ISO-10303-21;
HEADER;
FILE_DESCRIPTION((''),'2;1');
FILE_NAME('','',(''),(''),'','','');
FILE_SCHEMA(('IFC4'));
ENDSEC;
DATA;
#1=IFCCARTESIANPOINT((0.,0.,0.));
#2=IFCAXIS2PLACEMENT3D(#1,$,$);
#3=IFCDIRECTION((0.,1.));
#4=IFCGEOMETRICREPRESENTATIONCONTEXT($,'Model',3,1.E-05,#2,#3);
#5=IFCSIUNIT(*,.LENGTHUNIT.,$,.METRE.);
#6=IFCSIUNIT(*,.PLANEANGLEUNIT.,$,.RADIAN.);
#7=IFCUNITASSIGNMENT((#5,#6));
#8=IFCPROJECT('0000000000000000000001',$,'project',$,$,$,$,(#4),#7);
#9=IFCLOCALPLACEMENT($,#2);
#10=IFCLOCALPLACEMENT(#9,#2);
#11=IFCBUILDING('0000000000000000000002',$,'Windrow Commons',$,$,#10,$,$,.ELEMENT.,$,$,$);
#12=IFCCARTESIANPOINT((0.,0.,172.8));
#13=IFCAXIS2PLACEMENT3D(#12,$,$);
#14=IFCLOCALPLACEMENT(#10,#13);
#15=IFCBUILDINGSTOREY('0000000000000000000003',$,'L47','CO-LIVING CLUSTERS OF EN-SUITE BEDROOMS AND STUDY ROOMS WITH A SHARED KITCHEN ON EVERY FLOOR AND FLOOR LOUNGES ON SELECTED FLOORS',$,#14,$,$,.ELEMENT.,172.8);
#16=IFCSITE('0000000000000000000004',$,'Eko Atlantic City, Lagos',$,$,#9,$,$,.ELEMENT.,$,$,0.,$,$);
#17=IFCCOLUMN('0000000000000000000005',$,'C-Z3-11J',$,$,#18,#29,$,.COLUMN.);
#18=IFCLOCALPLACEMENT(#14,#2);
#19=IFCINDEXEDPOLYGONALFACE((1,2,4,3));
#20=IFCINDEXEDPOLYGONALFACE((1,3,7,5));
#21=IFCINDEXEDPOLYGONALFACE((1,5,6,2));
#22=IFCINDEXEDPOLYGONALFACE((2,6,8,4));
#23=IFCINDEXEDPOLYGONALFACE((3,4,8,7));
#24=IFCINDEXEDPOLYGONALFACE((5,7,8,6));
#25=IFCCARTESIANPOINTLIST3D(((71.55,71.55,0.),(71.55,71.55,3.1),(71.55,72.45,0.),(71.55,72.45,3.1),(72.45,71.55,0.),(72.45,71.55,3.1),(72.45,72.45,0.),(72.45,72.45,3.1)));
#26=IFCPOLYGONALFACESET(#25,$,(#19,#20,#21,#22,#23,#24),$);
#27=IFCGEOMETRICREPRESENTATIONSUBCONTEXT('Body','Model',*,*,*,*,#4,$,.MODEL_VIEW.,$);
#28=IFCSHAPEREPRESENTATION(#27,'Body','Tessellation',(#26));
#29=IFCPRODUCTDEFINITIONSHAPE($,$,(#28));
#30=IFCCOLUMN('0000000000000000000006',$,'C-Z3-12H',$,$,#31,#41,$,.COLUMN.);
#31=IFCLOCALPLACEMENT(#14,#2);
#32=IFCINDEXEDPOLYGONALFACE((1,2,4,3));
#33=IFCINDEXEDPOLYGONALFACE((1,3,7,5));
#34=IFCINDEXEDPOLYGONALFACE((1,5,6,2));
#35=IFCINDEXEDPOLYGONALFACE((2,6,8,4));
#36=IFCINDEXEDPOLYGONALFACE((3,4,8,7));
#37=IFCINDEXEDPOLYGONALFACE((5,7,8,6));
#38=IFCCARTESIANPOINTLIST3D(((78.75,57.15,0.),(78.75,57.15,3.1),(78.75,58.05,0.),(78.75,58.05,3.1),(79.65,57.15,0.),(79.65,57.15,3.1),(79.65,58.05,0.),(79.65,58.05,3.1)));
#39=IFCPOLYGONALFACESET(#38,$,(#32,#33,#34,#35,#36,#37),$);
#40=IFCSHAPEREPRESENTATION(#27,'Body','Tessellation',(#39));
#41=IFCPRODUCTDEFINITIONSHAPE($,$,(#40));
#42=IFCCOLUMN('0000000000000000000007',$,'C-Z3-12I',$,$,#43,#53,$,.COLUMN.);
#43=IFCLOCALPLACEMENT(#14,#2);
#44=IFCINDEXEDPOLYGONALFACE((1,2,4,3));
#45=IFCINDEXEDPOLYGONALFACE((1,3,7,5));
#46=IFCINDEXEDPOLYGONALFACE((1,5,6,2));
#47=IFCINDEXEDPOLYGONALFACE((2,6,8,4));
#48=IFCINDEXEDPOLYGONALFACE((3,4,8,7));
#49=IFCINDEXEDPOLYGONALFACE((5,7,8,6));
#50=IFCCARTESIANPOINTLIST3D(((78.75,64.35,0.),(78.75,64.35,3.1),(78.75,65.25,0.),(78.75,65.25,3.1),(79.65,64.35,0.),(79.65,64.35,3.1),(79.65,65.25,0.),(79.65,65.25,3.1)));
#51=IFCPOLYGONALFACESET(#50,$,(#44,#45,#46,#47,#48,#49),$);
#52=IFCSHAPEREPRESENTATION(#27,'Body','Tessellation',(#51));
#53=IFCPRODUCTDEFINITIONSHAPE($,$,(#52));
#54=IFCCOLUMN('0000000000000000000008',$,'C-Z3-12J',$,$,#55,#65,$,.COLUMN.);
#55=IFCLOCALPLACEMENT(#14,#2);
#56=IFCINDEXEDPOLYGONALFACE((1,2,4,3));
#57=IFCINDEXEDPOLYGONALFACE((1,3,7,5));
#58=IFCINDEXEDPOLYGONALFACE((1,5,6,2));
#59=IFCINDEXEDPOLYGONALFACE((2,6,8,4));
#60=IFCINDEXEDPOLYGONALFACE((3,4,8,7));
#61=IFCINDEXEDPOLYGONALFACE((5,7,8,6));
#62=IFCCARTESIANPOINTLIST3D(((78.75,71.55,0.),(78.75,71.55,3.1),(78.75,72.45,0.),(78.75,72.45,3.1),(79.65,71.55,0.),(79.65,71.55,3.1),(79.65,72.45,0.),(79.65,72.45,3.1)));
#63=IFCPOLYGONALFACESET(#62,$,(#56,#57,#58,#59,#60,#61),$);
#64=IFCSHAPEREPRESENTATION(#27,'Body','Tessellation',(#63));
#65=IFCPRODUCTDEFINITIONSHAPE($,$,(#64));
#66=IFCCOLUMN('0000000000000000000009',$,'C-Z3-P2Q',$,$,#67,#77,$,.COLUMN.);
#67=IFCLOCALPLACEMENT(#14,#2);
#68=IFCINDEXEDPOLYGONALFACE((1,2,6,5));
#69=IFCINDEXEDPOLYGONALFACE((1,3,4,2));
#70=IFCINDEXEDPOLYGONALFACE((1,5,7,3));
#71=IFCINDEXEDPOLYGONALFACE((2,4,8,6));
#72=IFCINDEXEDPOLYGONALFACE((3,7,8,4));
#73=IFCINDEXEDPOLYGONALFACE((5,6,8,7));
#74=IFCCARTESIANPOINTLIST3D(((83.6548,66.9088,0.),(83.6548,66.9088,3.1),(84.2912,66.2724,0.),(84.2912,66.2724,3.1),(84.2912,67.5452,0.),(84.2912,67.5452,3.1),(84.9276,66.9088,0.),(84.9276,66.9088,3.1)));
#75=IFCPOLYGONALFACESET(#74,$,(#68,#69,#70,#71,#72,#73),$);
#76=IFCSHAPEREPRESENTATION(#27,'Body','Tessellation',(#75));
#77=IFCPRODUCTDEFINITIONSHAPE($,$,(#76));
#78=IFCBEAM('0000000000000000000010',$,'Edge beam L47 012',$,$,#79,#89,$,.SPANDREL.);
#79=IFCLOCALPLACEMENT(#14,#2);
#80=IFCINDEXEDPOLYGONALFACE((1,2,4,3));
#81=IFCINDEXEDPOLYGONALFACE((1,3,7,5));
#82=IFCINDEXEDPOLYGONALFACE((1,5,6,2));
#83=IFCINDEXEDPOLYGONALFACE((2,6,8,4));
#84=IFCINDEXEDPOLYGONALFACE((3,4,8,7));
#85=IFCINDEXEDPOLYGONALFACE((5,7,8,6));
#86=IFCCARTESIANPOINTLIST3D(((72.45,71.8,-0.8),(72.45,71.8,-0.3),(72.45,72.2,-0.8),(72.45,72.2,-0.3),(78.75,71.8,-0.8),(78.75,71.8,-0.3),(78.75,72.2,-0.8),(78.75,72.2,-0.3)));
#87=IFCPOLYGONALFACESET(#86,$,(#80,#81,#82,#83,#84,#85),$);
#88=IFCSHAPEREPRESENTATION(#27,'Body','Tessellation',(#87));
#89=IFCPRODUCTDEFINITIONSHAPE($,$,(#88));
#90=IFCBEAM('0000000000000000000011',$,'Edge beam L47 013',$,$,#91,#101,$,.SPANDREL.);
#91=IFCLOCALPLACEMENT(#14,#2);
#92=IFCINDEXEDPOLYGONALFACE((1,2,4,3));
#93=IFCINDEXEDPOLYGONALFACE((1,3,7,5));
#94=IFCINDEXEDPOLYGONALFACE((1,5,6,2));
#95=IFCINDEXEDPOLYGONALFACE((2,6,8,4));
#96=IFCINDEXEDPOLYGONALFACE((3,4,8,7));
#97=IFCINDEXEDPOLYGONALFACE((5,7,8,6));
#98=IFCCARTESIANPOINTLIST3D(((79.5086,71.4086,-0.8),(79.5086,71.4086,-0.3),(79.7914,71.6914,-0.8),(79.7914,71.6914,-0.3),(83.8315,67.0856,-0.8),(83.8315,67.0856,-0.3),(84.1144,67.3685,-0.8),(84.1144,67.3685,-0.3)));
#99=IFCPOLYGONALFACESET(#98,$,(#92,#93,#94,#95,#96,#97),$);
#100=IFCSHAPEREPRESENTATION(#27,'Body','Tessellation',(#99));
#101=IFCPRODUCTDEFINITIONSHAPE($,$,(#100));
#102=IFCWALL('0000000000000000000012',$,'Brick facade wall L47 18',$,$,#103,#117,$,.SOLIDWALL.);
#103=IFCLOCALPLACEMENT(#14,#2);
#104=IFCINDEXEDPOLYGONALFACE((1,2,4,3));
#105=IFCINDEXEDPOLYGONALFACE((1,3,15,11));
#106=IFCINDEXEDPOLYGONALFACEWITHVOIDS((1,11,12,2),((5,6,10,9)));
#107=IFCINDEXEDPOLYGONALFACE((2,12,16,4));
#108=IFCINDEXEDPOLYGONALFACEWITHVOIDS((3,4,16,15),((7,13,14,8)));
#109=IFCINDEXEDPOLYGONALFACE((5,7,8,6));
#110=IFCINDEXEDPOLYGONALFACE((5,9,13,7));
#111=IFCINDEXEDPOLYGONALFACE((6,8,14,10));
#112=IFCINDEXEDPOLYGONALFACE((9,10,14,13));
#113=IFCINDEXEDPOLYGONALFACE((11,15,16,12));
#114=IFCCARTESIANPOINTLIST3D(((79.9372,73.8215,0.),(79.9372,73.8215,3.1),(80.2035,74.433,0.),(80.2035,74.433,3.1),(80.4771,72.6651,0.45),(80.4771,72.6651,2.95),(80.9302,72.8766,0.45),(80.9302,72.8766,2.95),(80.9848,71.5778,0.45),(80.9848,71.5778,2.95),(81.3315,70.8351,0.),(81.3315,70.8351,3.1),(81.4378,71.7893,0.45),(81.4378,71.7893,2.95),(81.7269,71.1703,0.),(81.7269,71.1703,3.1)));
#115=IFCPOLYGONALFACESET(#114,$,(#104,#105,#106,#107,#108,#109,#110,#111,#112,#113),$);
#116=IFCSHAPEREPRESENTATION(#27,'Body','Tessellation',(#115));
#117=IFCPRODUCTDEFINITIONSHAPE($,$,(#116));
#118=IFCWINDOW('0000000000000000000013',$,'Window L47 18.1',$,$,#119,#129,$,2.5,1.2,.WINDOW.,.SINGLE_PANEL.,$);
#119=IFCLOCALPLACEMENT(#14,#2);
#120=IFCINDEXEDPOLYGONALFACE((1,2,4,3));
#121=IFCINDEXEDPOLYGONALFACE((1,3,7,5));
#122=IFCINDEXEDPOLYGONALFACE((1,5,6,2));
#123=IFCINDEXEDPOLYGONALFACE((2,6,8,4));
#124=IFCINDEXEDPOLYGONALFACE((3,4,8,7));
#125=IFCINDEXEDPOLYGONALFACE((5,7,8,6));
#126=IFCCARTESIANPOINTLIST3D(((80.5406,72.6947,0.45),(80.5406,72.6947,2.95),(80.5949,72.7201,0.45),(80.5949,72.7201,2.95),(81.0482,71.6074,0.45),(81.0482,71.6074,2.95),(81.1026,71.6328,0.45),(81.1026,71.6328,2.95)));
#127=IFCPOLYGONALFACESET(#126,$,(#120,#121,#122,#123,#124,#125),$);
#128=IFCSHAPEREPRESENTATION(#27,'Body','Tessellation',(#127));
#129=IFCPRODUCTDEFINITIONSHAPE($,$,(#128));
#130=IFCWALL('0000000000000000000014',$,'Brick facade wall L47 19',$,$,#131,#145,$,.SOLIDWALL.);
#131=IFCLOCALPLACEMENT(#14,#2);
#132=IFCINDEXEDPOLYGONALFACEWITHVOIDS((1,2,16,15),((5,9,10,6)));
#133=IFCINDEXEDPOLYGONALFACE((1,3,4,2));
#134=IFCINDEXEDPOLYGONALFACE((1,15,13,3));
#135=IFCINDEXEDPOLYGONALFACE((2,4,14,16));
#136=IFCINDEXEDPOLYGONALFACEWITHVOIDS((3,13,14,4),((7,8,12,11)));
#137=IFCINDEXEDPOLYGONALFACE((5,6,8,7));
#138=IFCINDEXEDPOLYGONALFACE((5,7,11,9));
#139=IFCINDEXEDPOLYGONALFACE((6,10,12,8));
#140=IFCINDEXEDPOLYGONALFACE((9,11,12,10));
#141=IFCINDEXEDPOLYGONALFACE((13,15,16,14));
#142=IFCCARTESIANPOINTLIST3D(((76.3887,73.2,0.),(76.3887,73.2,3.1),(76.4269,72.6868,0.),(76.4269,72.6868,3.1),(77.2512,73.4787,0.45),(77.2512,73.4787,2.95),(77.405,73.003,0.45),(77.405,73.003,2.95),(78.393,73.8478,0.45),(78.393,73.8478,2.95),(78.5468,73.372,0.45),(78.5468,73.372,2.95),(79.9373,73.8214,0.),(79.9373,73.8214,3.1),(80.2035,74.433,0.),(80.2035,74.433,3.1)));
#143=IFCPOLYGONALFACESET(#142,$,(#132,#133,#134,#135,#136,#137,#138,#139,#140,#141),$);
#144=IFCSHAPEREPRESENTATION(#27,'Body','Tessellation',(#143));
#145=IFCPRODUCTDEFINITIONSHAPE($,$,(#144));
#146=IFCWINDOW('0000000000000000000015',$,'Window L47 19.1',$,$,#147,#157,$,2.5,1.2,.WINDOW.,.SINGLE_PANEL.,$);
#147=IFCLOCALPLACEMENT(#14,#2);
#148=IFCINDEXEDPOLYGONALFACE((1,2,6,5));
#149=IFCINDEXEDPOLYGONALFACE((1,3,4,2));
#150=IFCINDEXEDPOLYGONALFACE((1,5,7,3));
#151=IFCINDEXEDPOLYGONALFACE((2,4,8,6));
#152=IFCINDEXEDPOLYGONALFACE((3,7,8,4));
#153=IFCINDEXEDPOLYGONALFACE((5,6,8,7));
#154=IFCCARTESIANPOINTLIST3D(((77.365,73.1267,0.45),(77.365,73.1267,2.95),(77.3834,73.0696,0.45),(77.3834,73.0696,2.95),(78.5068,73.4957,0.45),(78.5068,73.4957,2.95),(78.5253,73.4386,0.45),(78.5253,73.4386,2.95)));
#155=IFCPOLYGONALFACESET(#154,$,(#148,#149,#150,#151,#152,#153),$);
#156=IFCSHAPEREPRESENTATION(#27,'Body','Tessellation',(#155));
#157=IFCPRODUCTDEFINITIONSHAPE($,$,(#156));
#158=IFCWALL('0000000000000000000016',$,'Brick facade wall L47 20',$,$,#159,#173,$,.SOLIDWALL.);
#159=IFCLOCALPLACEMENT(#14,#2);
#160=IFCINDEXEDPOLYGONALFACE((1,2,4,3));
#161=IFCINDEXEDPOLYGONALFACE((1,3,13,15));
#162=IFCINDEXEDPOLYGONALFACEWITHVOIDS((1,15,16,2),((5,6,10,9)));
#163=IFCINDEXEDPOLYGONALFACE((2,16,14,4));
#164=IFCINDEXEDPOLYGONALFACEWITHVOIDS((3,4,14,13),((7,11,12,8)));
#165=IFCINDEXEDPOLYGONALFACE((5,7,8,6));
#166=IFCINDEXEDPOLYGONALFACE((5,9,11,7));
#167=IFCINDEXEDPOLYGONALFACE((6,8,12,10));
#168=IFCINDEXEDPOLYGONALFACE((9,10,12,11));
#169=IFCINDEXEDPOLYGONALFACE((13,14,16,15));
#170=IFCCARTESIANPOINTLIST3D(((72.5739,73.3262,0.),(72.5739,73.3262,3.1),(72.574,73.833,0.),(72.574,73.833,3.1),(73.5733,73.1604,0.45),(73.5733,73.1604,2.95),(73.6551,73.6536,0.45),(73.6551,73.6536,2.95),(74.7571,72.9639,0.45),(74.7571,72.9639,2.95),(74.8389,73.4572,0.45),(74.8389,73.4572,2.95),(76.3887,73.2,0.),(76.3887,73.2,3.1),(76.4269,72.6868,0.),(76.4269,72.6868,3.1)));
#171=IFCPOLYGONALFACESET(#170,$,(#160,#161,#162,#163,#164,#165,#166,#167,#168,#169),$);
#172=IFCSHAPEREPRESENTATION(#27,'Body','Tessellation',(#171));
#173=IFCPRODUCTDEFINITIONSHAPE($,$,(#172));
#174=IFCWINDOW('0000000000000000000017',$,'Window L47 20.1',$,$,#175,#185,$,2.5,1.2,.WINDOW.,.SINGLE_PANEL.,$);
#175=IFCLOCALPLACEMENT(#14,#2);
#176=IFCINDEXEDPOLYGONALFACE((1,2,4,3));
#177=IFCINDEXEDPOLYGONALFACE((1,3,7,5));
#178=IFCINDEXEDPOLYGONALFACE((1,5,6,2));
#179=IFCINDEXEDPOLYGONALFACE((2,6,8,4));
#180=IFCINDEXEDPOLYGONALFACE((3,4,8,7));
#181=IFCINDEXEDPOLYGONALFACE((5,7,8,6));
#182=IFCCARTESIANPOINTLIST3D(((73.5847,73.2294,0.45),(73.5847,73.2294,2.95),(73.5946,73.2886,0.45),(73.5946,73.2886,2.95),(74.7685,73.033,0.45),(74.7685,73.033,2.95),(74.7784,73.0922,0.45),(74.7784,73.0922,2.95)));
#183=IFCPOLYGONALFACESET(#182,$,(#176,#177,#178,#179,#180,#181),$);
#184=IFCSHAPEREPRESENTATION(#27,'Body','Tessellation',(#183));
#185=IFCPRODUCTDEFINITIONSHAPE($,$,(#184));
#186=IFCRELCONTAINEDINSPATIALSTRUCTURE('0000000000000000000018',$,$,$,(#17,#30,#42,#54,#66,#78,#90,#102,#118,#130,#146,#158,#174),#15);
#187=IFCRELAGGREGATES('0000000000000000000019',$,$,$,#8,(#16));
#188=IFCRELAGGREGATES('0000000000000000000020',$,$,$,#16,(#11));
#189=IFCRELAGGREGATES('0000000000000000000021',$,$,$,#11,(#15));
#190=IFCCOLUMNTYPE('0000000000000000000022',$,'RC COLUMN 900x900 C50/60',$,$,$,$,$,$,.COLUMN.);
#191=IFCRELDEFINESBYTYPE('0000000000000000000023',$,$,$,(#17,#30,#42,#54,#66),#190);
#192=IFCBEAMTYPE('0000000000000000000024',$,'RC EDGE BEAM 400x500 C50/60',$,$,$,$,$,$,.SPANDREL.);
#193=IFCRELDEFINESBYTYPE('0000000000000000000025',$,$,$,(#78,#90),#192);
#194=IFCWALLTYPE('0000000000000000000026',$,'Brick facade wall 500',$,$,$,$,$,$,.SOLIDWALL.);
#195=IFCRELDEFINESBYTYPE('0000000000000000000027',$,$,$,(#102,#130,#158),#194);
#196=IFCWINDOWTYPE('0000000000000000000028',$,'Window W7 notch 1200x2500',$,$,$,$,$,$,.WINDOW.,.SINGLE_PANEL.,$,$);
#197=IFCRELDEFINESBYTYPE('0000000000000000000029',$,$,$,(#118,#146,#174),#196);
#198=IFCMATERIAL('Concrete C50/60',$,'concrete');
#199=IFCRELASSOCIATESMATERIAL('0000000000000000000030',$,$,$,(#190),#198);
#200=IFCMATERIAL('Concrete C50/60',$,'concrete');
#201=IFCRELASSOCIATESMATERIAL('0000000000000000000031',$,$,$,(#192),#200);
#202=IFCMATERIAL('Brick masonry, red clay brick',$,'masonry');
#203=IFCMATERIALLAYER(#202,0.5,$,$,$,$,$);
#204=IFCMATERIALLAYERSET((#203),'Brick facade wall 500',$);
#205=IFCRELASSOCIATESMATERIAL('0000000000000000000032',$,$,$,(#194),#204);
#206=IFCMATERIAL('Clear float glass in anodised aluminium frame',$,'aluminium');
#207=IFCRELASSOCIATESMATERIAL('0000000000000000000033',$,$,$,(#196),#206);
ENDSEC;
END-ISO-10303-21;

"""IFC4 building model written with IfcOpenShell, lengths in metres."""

from ifc_helpers import new_model, si_unit, direction, frame, frame_2d, origin, origin_2d, place, context, subcontext, project, spatial, polyline, rectangle, outline, extrude, material, layer, layer_set, material_profile, profile_set, type_object, element, fill, save


model = new_model("IFC4")

# Units and contexts
model_context = context("Model", 3, precision=1e-05, world=origin(), true_north=direction((0.0, 1.0)))
body_context = subcontext(model_context, "Body", "Model", "MODEL_VIEW")
ifc_project = project(units=[si_unit("LENGTHUNIT", "METRE"), si_unit("PLANEANGLEUNIT", "RADIAN")], contexts=[model_context])

# Site, building, storey
site_placement = place(None, origin())
site = spatial("IfcSite", under=ifc_project, at=site_placement, Name="Eko Atlantic City, Lagos", CompositionType="ELEMENT", RefElevation=0.0)
building_placement = place(site_placement, origin())
building = spatial("IfcBuilding", under=site, at=building_placement, Name="Windrow Commons", CompositionType="ELEMENT")
storey_placement = place(building_placement, frame((0.0, 0.0, 172.8)))
storey = spatial("IfcBuildingStorey", under=building, at=storey_placement, Name="L47", Description="CO-LIVING CLUSTERS OF EN-SUITE BEDROOMS AND STUDY ROOMS WITH A SHARED KITCHEN ON EVERY FLOOR AND FLOOR LOUNGES ON SELECTED FLOORS", CompositionType="ELEMENT", Elevation=172.8)

# Columns
ifc_material_1 = material(Name="Concrete C50/60", Category="concrete")
ifc_material_profile_1 = material_profile(ifc_material_1, rectangle(XDim=0.9, YDim=0.9, at=origin_2d()))
ifc_profile_set_1 = profile_set([ifc_material_profile_1], Name="Concrete C50/60")
column_type = type_object("IfcColumnType", Name="RC COLUMN 900x900 C50/60", PredefinedType="COLUMN", material=ifc_profile_set_1)
for number, where, z_axis, x_axis, name in (
    (1, (72.0, 72.0, 0.0), (0.0, 0.0, 1.0), (1.0, 0.0, 0.0), "C-Z3-11J"),
    (2, (79.2, 57.6, 0.0), (0.0, 0.0, 1.0), (1.0, 0.0, 0.0), "C-Z3-12H"),
    (3, (79.2, 64.8, 0.0), (0.0, 0.0, 1.0), (1.0, 0.0, 0.0), "C-Z3-12I"),
    (4, (79.2, 72.0, 0.0), (0.0, 0.0, 1.0), (1.0, 0.0, 0.0), "C-Z3-12J"),
    (5, (84.2912, 66.9088, 0.0), (0.0, 0.0, 1.0), (0.707107, -0.707107, 0.0), "C-Z3-P2Q"),
):
    element("IfcColumn", number, at=place(storey_placement, frame(where, z_axis=z_axis, x_axis=x_axis)), inside=storey, type_object=column_type, Name=name, PredefinedType="COLUMN", context=body_context, shape_type="SweptSolid", body=[
        extrude(rectangle(XDim=0.9, YDim=0.9, at=origin_2d()), origin(), (0.0, 0.0, 1.0), 3.1),
    ])

# Beams
ifc_material_2 = material(Name="Concrete C50/60", Category="concrete")
ifc_material_profile_2 = material_profile(ifc_material_2, rectangle(XDim=0.4, YDim=0.5, at=origin_2d()))
ifc_profile_set_2 = profile_set([ifc_material_profile_2], Name="Concrete C50/60")
beam_type = type_object("IfcBeamType", Name="RC EDGE BEAM 400x500 C50/60", PredefinedType="SPANDREL", material=ifc_profile_set_2)
beam_1_placement = place(storey_placement, frame((72.45, 72.0, -0.55), z_axis=(1.0, 0.0, 0.0), x_axis=(0.0, 1.0, 0.0)))
element("IfcBeam", 6, at=beam_1_placement, inside=storey, type_object=beam_type, Name="Edge beam L47 012", PredefinedType="SPANDREL", context=body_context, shape_type="SweptSolid", body=[
    extrude(rectangle(XDim=0.4, YDim=0.5, at=origin_2d()), origin(), (0.0, 0.0, 1.0), 6.3),
])
beam_2_placement = place(storey_placement, frame((79.65, 71.55, -0.55), z_axis=(0.707107, -0.707107, 0.0), x_axis=(0.707107, 0.707107, 0.0)))
element("IfcBeam", 7, at=beam_2_placement, inside=storey, type_object=beam_type, Name="Edge beam L47 013", PredefinedType="SPANDREL", context=body_context, shape_type="SweptSolid", body=[
    extrude(rectangle(XDim=0.4, YDim=0.5, at=origin_2d()), origin(), (0.0, 0.0, 1.0), 6.1136),
])

# Walls, openings, windows
ifc_material_3 = material(Name="Brick masonry, red clay brick", Category="masonry")
ifc_layer_1 = layer(ifc_material_3, 0.5)
ifc_layer_set_1 = layer_set([ifc_layer_1], Name="Brick facade wall 500")
wall_type_1 = type_object("IfcWallType", Name="Brick facade wall 500", PredefinedType="SOLIDWALL", material=ifc_layer_set_1)
wall_1_placement = place(storey_placement, frame((81.5292, 71.0027, 0.0), z_axis=(0.0, 0.0, 1.0), x_axis=(-0.423052, 0.906105, 0.0)))
wall_1 = element("IfcWall", 8, at=wall_1_placement, inside=storey, type_object=wall_type_1, Name="Brick facade wall L47 18", PredefinedType="SOLIDWALL", context=body_context, shape_type="SweptSolid", body=[
    extrude(outline(polyline([(0.0682, -0.25), (3.669, -0.25), (3.2276, 0.25), (-0.0682, 0.25), (0.0682, -0.25)])), origin(), (0.0, 0.0, 1.0), 3.1),
])
opening_1_placement = place(wall_1_placement, frame((0.7514, 0.0, 0.45)))
opening_1 = element("IfcOpeningElement", 9, at=opening_1_placement, cuts=wall_1, PredefinedType="OPENING", context=body_context, shape_type="SweptSolid", body=[
    extrude(rectangle(XDim=1.2, YDim=2.5, at=frame_2d((0.6, 1.25))), frame((0.0, 0.26, 0.0), z_axis=(0.0, -1.0, 0.0), x_axis=(1.0, 0.0, 0.0)), (0.0, 0.0, 1.0), 0.52),
])
ifc_material_4 = material(Name="Clear float glass in anodised aluminium frame", Category="aluminium")
window_type_1 = type_object("IfcWindowType", Name="Window W7 notch 1200x2500", PartitioningType="SINGLE_PANEL", PredefinedType="WINDOW", material=ifc_material_4)
window_1_placement = place(opening_1_placement, origin())
window_1 = element("IfcWindow", 10, at=window_1_placement, inside=storey, type_object=window_type_1, Name="Window L47 18.1", OverallHeight=2.5, OverallWidth=1.2, PartitioningType="SINGLE_PANEL", PredefinedType="WINDOW", context=body_context, shape_type="SweptSolid", body=[
    extrude(rectangle(XDim=1.2, YDim=2.5, at=frame_2d((0.6, 1.25))), frame((0.0, 0.18, 0.0), z_axis=(0.0, -1.0, 0.0), x_axis=(1.0, 0.0, 0.0)), (0.0, 0.0, 1.0), 0.06),
])
fill(opening_1, window_1)
wall_2_placement = place(storey_placement, frame((80.0704, 74.1272, 0.0), z_axis=(0.0, 0.0, 1.0), x_axis=(-0.951533, -0.307548, 0.0)))
wall_2 = element("IfcWall", 11, at=wall_2_placement, inside=storey, type_object=wall_type_1, Name="Brick facade wall L47 19", PredefinedType="SOLIDWALL", context=body_context, shape_type="SweptSolid", body=[
    extrude(outline(polyline([(-0.2207, -0.25), (3.7884, -0.25), (3.9099, 0.25), (0.2207, 0.25), (-0.2207, -0.25)])), origin(), (0.0, 0.0, 1.0), 3.1),
])
opening_2_placement = place(wall_2_placement, frame((1.682, 0.0, 0.45)))
opening_2 = element("IfcOpeningElement", 12, at=opening_2_placement, cuts=wall_2, PredefinedType="OPENING", context=body_context, shape_type="SweptSolid", body=[
    extrude(rectangle(XDim=1.2, YDim=2.5, at=frame_2d((0.6, 1.25))), frame((0.0, 0.26, 0.0), z_axis=(0.0, -1.0, 0.0), x_axis=(1.0, 0.0, 0.0)), (0.0, 0.0, 1.0), 0.52),
])
window_2_placement = place(opening_2_placement, origin())
window_2 = element("IfcWindow", 13, at=window_2_placement, inside=storey, type_object=window_type_1, Name="Window L47 19.1", OverallHeight=2.5, OverallWidth=1.2, PartitioningType="SINGLE_PANEL", PredefinedType="WINDOW", context=body_context, shape_type="SweptSolid", body=[
    extrude(rectangle(XDim=1.2, YDim=2.5, at=frame_2d((0.6, 1.25))), frame((0.0, 0.18, 0.0), z_axis=(0.0, -1.0, 0.0), x_axis=(1.0, 0.0, 0.0)), (0.0, 0.0, 1.0), 0.06),
])
fill(opening_2, window_2)
wall_3_placement = place(storey_placement, frame((76.4078, 72.9434, 0.0), z_axis=(0.0, 0.0, 1.0), x_axis=(-0.986509, 0.163706, 0.0)))
wall_3 = element("IfcWall", 14, at=wall_3_placement, inside=storey, type_object=wall_type_1, Name="Brick facade wall L47 20", PredefinedType="SOLIDWALL", context=body_context, shape_type="SweptSolid", body=[
    extrude(outline(polyline([(0.0608, -0.25), (3.9277, -0.25), (3.8448, 0.25), (-0.0608, 0.25), (0.0608, -0.25)])), origin(), (0.0, 0.0, 1.0), 3.1),
])
opening_3_placement = place(wall_3_placement, frame((1.6318, 0.0, 0.45)))
opening_3 = element("IfcOpeningElement", 15, at=opening_3_placement, cuts=wall_3, PredefinedType="OPENING", context=body_context, shape_type="SweptSolid", body=[
    extrude(rectangle(XDim=1.2, YDim=2.5, at=frame_2d((0.6, 1.25))), frame((0.0, 0.26, 0.0), z_axis=(0.0, -1.0, 0.0), x_axis=(1.0, 0.0, 0.0)), (0.0, 0.0, 1.0), 0.52),
])
window_3_placement = place(opening_3_placement, origin())
window_3 = element("IfcWindow", 16, at=window_3_placement, inside=storey, type_object=window_type_1, Name="Window L47 20.1", OverallHeight=2.5, OverallWidth=1.2, PartitioningType="SINGLE_PANEL", PredefinedType="WINDOW", context=body_context, shape_type="SweptSolid", body=[
    extrude(rectangle(XDim=1.2, YDim=2.5, at=frame_2d((0.6, 1.25))), frame((0.0, 0.18, 0.0), z_axis=(0.0, -1.0, 0.0), x_axis=(1.0, 0.0, 0.0)), (0.0, 0.0, 1.0), 0.06),
])
fill(opening_3, window_3)

save(model, "model.ifc")
